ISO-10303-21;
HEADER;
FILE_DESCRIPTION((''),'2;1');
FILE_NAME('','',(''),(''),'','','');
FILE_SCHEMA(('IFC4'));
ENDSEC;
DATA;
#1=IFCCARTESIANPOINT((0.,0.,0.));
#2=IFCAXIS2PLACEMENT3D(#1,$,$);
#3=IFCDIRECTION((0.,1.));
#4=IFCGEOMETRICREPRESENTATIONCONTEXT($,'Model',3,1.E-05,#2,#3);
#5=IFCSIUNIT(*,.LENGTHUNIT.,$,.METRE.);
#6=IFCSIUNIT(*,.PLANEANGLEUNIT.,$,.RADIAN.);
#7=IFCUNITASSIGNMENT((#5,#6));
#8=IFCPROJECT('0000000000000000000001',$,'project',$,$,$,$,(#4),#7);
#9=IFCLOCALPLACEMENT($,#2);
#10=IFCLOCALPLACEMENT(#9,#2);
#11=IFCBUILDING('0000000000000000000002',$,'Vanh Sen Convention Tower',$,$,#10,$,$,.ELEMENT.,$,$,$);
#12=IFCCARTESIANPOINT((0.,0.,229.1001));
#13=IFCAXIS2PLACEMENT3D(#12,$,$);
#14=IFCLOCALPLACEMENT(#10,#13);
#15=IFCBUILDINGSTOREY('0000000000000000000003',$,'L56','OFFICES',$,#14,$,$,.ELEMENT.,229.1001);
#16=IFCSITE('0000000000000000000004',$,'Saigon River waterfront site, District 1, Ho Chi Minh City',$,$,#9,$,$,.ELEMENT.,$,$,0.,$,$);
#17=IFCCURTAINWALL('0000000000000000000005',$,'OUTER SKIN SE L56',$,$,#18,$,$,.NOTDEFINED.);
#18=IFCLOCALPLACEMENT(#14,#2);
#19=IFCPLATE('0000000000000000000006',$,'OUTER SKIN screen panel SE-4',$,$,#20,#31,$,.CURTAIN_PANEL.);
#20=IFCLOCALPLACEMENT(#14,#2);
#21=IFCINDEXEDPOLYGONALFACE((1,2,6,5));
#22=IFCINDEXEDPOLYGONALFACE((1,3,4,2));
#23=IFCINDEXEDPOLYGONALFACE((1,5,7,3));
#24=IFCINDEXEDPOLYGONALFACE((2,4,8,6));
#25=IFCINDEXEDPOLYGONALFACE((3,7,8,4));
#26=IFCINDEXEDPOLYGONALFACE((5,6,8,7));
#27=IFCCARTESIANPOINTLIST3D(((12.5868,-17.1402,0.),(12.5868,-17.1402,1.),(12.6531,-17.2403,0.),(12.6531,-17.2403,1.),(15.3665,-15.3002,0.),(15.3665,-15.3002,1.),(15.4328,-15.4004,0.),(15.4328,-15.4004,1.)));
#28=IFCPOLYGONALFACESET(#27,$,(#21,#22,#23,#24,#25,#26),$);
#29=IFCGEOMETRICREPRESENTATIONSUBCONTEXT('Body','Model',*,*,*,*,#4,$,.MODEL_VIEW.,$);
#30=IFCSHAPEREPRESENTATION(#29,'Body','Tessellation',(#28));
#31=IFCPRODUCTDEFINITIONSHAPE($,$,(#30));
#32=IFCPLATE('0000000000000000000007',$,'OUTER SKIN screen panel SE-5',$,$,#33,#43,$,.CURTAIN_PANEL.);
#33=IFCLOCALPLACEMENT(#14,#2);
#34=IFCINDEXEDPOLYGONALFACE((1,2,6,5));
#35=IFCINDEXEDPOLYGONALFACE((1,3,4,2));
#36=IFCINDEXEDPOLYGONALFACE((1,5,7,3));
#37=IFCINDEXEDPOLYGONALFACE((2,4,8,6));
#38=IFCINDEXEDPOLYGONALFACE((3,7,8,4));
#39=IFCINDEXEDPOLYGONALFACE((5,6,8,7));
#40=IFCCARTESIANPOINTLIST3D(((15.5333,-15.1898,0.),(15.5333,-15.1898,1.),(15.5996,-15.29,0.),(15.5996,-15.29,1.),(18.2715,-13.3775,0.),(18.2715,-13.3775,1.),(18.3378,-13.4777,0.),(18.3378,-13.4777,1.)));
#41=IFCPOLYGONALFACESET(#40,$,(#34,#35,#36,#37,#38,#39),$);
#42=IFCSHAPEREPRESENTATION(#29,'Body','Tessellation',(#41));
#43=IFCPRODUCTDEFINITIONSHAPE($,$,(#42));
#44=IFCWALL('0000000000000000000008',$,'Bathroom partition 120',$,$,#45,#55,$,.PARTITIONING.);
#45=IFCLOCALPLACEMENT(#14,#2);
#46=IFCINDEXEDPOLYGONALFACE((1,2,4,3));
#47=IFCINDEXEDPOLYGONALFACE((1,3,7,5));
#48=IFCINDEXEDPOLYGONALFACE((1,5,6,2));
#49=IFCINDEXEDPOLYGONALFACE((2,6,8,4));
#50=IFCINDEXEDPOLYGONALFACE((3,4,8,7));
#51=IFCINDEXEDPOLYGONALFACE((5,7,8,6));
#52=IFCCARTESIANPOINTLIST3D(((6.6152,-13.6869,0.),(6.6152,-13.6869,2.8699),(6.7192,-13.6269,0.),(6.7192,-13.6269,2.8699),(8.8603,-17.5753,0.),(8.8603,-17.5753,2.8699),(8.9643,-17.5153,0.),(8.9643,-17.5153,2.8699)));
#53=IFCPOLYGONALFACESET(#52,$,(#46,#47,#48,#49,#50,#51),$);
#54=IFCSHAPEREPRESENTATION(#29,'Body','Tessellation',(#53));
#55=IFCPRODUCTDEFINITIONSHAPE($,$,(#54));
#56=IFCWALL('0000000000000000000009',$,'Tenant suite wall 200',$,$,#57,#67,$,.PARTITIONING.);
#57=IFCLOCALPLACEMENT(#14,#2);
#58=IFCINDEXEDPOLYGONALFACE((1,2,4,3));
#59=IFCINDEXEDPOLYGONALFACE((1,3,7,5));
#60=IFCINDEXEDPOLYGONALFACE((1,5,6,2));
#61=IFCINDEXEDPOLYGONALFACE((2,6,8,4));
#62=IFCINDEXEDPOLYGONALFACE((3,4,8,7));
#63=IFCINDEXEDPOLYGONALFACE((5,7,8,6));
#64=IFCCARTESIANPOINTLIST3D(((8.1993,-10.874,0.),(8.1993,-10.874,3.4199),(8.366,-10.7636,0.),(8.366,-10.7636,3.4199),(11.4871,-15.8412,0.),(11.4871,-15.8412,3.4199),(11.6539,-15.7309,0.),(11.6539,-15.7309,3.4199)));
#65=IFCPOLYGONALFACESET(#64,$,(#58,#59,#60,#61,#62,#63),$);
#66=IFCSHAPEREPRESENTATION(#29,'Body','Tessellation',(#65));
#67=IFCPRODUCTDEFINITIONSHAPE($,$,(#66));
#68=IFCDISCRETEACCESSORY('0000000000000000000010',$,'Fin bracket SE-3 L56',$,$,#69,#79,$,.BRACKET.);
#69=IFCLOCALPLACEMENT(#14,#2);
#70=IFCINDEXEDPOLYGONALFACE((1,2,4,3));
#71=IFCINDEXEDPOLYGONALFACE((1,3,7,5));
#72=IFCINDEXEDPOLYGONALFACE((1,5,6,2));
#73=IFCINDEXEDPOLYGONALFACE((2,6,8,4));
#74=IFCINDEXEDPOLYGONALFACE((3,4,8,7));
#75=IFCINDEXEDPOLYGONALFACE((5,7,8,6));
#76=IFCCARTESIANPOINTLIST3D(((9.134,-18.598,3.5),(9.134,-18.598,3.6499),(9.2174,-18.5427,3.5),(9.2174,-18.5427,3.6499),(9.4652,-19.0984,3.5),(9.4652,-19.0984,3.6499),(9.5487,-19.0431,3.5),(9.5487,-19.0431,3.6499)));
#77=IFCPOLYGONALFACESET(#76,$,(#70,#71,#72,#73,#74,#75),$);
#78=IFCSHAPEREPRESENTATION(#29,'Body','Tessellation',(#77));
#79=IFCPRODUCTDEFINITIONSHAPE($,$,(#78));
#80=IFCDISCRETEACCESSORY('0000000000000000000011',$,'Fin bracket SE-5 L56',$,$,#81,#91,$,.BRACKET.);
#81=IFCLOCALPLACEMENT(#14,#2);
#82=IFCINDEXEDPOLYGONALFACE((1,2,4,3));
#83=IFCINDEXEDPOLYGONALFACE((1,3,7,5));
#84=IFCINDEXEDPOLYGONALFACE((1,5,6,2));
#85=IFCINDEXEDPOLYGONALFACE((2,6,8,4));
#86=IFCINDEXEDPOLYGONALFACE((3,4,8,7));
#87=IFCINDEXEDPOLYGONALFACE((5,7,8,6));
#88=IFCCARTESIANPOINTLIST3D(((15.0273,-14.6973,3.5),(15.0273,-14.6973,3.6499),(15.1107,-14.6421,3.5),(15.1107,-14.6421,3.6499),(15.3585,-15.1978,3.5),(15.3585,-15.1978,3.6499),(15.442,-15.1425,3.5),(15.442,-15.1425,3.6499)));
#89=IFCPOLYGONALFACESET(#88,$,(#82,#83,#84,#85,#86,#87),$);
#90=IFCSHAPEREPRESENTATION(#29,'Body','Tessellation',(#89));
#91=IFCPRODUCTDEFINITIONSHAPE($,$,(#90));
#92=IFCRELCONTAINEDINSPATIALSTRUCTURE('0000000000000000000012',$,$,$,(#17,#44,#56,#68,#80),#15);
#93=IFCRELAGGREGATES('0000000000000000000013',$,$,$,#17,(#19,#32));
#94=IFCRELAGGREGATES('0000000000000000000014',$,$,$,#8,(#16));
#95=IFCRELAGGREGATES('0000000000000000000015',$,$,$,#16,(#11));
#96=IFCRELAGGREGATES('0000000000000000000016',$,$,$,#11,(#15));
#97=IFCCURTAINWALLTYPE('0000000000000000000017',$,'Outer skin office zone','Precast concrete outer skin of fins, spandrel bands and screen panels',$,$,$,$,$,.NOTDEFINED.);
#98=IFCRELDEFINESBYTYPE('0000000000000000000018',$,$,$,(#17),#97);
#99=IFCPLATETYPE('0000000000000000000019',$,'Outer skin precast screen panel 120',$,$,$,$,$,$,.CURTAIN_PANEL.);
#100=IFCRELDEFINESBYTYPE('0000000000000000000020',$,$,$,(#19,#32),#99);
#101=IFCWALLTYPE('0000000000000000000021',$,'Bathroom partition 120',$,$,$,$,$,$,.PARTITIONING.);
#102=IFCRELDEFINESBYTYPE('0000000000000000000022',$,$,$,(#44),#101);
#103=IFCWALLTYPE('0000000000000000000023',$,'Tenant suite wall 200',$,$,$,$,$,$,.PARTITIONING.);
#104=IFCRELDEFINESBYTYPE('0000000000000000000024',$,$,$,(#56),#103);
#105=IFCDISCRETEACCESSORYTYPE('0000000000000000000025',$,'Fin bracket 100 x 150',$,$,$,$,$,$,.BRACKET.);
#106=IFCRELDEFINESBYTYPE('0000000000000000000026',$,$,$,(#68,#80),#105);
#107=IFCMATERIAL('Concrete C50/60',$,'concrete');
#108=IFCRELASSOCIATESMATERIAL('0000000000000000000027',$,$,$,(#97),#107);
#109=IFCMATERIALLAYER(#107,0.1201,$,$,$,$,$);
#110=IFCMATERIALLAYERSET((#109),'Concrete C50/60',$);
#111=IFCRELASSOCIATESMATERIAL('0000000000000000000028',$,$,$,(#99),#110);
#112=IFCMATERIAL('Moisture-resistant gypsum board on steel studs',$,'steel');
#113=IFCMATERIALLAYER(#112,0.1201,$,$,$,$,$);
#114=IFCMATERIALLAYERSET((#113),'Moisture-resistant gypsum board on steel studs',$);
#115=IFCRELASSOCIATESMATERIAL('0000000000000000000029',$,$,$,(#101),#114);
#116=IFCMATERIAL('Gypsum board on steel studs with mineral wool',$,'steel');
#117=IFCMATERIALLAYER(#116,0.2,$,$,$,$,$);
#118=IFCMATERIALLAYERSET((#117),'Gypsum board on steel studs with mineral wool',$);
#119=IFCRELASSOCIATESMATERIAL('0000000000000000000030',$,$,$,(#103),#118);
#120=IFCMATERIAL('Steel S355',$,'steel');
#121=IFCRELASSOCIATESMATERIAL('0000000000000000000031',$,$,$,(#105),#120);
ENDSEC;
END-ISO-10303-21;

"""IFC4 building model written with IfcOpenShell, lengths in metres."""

from ifc_helpers import new_model, si_unit, direction, frame, frame_2d, origin, origin_2d, place, context, subcontext, project, spatial, rectangle, extrude, material, layer, layer_set, type_object, element, aggregate, save


model = new_model("IFC4")

# Units and contexts
model_context = context("Model", 3, precision=1e-05, world=origin(), true_north=direction((0.0, 1.0)))
body_context = subcontext(model_context, "Body", "Model", "MODEL_VIEW")
ifc_project = project(units=[si_unit("LENGTHUNIT", "METRE"), si_unit("PLANEANGLEUNIT", "RADIAN")], contexts=[model_context])

# Site, building, storey
site_placement = place(None, origin())
site = spatial("IfcSite", under=ifc_project, at=site_placement, Name="Saigon River waterfront site, District 1, Ho Chi Minh City", CompositionType="ELEMENT", RefElevation=0.0)
building_placement = place(site_placement, origin())
building = spatial("IfcBuilding", under=site, at=building_placement, Name="Vanh Sen Convention Tower", CompositionType="ELEMENT")
storey_placement = place(building_placement, frame((0.0, 0.0, 229.1001)))
storey = spatial("IfcBuildingStorey", under=building, at=storey_placement, Name="L56", Description="OFFICES", CompositionType="ELEMENT", Elevation=229.1001)

# Curtain wall
ifc_material_1 = material(Name="Concrete C50/60", Category="concrete")
curtain_wall_type = type_object("IfcCurtainWallType", Name="Outer skin office zone", Description="Precast concrete outer skin of fins, spandrel bands and screen panels", PredefinedType="NOTDEFINED", material=ifc_material_1)
curtain_wall_1_placement = place(storey_placement, origin())
curtain_wall_1 = element("IfcCurtainWall", 1, at=curtain_wall_1_placement, inside=storey, type_object=curtain_wall_type, Name="OUTER SKIN SE L56", PredefinedType="NOTDEFINED")

# Plates
ifc_layer_1 = layer(ifc_material_1, 0.1201)
ifc_layer_set_1 = layer_set([ifc_layer_1], Name="Concrete C50/60")
plate_type = type_object("IfcPlateType", Name="Outer skin precast screen panel 120", PredefinedType="CURTAIN_PANEL", material=ifc_layer_set_1)
plate_1_placement = place(storey_placement, frame((14.0098, -16.2703, 0.0), z_axis=(0.0, 0.0, 1.0), x_axis=(0.833874, 0.551954, 0.0)))
plate_1 = element("IfcPlate", 2, at=plate_1_placement, type_object=plate_type, Name="OUTER SKIN screen panel SE-4", PredefinedType="CURTAIN_PANEL", context=body_context, shape_type="SweptSolid", body=[
    extrude(rectangle(XDim=3.3335, YDim=0.1201, at=origin_2d()), origin(), (0.0, 0.0, 1.0), 1.0),
])
plate_2_placement = place(storey_placement, frame((16.9355, -14.3337, 0.0), z_axis=(0.0, 0.0, 1.0), x_axis=(0.833896, 0.551921, 0.0)))
plate_2 = element("IfcPlate", 3, at=plate_2_placement, type_object=plate_type, Name="OUTER SKIN screen panel SE-5", PredefinedType="CURTAIN_PANEL", context=body_context, shape_type="SweptSolid", body=[
    extrude(rectangle(XDim=3.2837, YDim=0.1201, at=origin_2d()), origin(), (0.0, 0.0, 1.0), 1.0),
])
aggregate(curtain_wall_1, [plate_1, plate_2])

# Walls
ifc_material_2 = material(Name="Moisture-resistant gypsum board on steel studs", Category="steel")
ifc_layer_2 = layer(ifc_material_2, 0.1201)
ifc_layer_set_2 = layer_set([ifc_layer_2], Name="Moisture-resistant gypsum board on steel studs")
wall_type_1 = type_object("IfcWallType", Name="Bathroom partition 120", PredefinedType="PARTITIONING", material=ifc_layer_set_2)
wall_1_placement = place(storey_placement, frame((8.9124, -17.5454, 0.0), z_axis=(0.0, 0.0, 1.0), x_axis=(-0.500022, 0.866013, 0.0)))
element("IfcWall", 4, at=wall_1_placement, inside=storey, type_object=wall_type_1, Name="Bathroom partition 120", PredefinedType="PARTITIONING", context=body_context, shape_type="SweptSolid", body=[
    extrude(rectangle(XDim=4.49, YDim=0.1201, at=frame_2d((2.2451, 0.0))), origin(), (0.0, 0.0, 1.0), 2.8699),
])
ifc_material_3 = material(Name="Gypsum board on steel studs with mineral wool", Category="steel")
ifc_layer_3 = layer(ifc_material_3, 0.2)
ifc_layer_set_3 = layer_set([ifc_layer_3], Name="Gypsum board on steel studs with mineral wool")
wall_type_2 = type_object("IfcWallType", Name="Tenant suite wall 200", PredefinedType="PARTITIONING", material=ifc_layer_set_3)
wall_2_placement = place(storey_placement, frame((11.5706, -15.7861, 0.0), z_axis=(0.0, 0.0, 1.0), x_axis=(-0.551945, 0.833881, 0.0)))
element("IfcWall", 5, at=wall_2_placement, inside=storey, type_object=wall_type_2, Name="Tenant suite wall 200", PredefinedType="PARTITIONING", context=body_context, shape_type="SweptSolid", body=[
    extrude(rectangle(XDim=5.9568, YDim=0.2, at=frame_2d((2.9785, 0.0))), origin(), (0.0, 0.0, 1.0), 3.4199),
])

# Discrete accessories
ifc_material_4 = material(Name="Steel S355", Category="steel")
discrete_accessory_type = type_object("IfcDiscreteAccessoryType", Name="Fin bracket 100 x 150", PredefinedType="BRACKET", material=ifc_material_4)
for number, where, z_axis, x_axis, name in (
    (6, (9.3413, -18.8206, 3.5), (0.0, 0.0, 1.0), (0.551937, -0.833886, 0.0), "Fin bracket SE-3 L56"),
    (7, (15.2346, -14.9199, 3.5), (0.0, 0.0, 1.0), (0.551937, -0.833886, 0.0), "Fin bracket SE-5 L56"),
):
    element("IfcDiscreteAccessory", number, at=place(storey_placement, frame(where, z_axis=z_axis, x_axis=x_axis)), inside=storey, type_object=discrete_accessory_type, Name=name, PredefinedType="BRACKET", context=body_context, shape_type="SweptSolid", body=[
        extrude(rectangle(XDim=0.6001, YDim=0.1001, at=origin_2d()), origin(), (0.0, 0.0, 1.0), 0.1499),
    ])

save(model, "model.ifc")
